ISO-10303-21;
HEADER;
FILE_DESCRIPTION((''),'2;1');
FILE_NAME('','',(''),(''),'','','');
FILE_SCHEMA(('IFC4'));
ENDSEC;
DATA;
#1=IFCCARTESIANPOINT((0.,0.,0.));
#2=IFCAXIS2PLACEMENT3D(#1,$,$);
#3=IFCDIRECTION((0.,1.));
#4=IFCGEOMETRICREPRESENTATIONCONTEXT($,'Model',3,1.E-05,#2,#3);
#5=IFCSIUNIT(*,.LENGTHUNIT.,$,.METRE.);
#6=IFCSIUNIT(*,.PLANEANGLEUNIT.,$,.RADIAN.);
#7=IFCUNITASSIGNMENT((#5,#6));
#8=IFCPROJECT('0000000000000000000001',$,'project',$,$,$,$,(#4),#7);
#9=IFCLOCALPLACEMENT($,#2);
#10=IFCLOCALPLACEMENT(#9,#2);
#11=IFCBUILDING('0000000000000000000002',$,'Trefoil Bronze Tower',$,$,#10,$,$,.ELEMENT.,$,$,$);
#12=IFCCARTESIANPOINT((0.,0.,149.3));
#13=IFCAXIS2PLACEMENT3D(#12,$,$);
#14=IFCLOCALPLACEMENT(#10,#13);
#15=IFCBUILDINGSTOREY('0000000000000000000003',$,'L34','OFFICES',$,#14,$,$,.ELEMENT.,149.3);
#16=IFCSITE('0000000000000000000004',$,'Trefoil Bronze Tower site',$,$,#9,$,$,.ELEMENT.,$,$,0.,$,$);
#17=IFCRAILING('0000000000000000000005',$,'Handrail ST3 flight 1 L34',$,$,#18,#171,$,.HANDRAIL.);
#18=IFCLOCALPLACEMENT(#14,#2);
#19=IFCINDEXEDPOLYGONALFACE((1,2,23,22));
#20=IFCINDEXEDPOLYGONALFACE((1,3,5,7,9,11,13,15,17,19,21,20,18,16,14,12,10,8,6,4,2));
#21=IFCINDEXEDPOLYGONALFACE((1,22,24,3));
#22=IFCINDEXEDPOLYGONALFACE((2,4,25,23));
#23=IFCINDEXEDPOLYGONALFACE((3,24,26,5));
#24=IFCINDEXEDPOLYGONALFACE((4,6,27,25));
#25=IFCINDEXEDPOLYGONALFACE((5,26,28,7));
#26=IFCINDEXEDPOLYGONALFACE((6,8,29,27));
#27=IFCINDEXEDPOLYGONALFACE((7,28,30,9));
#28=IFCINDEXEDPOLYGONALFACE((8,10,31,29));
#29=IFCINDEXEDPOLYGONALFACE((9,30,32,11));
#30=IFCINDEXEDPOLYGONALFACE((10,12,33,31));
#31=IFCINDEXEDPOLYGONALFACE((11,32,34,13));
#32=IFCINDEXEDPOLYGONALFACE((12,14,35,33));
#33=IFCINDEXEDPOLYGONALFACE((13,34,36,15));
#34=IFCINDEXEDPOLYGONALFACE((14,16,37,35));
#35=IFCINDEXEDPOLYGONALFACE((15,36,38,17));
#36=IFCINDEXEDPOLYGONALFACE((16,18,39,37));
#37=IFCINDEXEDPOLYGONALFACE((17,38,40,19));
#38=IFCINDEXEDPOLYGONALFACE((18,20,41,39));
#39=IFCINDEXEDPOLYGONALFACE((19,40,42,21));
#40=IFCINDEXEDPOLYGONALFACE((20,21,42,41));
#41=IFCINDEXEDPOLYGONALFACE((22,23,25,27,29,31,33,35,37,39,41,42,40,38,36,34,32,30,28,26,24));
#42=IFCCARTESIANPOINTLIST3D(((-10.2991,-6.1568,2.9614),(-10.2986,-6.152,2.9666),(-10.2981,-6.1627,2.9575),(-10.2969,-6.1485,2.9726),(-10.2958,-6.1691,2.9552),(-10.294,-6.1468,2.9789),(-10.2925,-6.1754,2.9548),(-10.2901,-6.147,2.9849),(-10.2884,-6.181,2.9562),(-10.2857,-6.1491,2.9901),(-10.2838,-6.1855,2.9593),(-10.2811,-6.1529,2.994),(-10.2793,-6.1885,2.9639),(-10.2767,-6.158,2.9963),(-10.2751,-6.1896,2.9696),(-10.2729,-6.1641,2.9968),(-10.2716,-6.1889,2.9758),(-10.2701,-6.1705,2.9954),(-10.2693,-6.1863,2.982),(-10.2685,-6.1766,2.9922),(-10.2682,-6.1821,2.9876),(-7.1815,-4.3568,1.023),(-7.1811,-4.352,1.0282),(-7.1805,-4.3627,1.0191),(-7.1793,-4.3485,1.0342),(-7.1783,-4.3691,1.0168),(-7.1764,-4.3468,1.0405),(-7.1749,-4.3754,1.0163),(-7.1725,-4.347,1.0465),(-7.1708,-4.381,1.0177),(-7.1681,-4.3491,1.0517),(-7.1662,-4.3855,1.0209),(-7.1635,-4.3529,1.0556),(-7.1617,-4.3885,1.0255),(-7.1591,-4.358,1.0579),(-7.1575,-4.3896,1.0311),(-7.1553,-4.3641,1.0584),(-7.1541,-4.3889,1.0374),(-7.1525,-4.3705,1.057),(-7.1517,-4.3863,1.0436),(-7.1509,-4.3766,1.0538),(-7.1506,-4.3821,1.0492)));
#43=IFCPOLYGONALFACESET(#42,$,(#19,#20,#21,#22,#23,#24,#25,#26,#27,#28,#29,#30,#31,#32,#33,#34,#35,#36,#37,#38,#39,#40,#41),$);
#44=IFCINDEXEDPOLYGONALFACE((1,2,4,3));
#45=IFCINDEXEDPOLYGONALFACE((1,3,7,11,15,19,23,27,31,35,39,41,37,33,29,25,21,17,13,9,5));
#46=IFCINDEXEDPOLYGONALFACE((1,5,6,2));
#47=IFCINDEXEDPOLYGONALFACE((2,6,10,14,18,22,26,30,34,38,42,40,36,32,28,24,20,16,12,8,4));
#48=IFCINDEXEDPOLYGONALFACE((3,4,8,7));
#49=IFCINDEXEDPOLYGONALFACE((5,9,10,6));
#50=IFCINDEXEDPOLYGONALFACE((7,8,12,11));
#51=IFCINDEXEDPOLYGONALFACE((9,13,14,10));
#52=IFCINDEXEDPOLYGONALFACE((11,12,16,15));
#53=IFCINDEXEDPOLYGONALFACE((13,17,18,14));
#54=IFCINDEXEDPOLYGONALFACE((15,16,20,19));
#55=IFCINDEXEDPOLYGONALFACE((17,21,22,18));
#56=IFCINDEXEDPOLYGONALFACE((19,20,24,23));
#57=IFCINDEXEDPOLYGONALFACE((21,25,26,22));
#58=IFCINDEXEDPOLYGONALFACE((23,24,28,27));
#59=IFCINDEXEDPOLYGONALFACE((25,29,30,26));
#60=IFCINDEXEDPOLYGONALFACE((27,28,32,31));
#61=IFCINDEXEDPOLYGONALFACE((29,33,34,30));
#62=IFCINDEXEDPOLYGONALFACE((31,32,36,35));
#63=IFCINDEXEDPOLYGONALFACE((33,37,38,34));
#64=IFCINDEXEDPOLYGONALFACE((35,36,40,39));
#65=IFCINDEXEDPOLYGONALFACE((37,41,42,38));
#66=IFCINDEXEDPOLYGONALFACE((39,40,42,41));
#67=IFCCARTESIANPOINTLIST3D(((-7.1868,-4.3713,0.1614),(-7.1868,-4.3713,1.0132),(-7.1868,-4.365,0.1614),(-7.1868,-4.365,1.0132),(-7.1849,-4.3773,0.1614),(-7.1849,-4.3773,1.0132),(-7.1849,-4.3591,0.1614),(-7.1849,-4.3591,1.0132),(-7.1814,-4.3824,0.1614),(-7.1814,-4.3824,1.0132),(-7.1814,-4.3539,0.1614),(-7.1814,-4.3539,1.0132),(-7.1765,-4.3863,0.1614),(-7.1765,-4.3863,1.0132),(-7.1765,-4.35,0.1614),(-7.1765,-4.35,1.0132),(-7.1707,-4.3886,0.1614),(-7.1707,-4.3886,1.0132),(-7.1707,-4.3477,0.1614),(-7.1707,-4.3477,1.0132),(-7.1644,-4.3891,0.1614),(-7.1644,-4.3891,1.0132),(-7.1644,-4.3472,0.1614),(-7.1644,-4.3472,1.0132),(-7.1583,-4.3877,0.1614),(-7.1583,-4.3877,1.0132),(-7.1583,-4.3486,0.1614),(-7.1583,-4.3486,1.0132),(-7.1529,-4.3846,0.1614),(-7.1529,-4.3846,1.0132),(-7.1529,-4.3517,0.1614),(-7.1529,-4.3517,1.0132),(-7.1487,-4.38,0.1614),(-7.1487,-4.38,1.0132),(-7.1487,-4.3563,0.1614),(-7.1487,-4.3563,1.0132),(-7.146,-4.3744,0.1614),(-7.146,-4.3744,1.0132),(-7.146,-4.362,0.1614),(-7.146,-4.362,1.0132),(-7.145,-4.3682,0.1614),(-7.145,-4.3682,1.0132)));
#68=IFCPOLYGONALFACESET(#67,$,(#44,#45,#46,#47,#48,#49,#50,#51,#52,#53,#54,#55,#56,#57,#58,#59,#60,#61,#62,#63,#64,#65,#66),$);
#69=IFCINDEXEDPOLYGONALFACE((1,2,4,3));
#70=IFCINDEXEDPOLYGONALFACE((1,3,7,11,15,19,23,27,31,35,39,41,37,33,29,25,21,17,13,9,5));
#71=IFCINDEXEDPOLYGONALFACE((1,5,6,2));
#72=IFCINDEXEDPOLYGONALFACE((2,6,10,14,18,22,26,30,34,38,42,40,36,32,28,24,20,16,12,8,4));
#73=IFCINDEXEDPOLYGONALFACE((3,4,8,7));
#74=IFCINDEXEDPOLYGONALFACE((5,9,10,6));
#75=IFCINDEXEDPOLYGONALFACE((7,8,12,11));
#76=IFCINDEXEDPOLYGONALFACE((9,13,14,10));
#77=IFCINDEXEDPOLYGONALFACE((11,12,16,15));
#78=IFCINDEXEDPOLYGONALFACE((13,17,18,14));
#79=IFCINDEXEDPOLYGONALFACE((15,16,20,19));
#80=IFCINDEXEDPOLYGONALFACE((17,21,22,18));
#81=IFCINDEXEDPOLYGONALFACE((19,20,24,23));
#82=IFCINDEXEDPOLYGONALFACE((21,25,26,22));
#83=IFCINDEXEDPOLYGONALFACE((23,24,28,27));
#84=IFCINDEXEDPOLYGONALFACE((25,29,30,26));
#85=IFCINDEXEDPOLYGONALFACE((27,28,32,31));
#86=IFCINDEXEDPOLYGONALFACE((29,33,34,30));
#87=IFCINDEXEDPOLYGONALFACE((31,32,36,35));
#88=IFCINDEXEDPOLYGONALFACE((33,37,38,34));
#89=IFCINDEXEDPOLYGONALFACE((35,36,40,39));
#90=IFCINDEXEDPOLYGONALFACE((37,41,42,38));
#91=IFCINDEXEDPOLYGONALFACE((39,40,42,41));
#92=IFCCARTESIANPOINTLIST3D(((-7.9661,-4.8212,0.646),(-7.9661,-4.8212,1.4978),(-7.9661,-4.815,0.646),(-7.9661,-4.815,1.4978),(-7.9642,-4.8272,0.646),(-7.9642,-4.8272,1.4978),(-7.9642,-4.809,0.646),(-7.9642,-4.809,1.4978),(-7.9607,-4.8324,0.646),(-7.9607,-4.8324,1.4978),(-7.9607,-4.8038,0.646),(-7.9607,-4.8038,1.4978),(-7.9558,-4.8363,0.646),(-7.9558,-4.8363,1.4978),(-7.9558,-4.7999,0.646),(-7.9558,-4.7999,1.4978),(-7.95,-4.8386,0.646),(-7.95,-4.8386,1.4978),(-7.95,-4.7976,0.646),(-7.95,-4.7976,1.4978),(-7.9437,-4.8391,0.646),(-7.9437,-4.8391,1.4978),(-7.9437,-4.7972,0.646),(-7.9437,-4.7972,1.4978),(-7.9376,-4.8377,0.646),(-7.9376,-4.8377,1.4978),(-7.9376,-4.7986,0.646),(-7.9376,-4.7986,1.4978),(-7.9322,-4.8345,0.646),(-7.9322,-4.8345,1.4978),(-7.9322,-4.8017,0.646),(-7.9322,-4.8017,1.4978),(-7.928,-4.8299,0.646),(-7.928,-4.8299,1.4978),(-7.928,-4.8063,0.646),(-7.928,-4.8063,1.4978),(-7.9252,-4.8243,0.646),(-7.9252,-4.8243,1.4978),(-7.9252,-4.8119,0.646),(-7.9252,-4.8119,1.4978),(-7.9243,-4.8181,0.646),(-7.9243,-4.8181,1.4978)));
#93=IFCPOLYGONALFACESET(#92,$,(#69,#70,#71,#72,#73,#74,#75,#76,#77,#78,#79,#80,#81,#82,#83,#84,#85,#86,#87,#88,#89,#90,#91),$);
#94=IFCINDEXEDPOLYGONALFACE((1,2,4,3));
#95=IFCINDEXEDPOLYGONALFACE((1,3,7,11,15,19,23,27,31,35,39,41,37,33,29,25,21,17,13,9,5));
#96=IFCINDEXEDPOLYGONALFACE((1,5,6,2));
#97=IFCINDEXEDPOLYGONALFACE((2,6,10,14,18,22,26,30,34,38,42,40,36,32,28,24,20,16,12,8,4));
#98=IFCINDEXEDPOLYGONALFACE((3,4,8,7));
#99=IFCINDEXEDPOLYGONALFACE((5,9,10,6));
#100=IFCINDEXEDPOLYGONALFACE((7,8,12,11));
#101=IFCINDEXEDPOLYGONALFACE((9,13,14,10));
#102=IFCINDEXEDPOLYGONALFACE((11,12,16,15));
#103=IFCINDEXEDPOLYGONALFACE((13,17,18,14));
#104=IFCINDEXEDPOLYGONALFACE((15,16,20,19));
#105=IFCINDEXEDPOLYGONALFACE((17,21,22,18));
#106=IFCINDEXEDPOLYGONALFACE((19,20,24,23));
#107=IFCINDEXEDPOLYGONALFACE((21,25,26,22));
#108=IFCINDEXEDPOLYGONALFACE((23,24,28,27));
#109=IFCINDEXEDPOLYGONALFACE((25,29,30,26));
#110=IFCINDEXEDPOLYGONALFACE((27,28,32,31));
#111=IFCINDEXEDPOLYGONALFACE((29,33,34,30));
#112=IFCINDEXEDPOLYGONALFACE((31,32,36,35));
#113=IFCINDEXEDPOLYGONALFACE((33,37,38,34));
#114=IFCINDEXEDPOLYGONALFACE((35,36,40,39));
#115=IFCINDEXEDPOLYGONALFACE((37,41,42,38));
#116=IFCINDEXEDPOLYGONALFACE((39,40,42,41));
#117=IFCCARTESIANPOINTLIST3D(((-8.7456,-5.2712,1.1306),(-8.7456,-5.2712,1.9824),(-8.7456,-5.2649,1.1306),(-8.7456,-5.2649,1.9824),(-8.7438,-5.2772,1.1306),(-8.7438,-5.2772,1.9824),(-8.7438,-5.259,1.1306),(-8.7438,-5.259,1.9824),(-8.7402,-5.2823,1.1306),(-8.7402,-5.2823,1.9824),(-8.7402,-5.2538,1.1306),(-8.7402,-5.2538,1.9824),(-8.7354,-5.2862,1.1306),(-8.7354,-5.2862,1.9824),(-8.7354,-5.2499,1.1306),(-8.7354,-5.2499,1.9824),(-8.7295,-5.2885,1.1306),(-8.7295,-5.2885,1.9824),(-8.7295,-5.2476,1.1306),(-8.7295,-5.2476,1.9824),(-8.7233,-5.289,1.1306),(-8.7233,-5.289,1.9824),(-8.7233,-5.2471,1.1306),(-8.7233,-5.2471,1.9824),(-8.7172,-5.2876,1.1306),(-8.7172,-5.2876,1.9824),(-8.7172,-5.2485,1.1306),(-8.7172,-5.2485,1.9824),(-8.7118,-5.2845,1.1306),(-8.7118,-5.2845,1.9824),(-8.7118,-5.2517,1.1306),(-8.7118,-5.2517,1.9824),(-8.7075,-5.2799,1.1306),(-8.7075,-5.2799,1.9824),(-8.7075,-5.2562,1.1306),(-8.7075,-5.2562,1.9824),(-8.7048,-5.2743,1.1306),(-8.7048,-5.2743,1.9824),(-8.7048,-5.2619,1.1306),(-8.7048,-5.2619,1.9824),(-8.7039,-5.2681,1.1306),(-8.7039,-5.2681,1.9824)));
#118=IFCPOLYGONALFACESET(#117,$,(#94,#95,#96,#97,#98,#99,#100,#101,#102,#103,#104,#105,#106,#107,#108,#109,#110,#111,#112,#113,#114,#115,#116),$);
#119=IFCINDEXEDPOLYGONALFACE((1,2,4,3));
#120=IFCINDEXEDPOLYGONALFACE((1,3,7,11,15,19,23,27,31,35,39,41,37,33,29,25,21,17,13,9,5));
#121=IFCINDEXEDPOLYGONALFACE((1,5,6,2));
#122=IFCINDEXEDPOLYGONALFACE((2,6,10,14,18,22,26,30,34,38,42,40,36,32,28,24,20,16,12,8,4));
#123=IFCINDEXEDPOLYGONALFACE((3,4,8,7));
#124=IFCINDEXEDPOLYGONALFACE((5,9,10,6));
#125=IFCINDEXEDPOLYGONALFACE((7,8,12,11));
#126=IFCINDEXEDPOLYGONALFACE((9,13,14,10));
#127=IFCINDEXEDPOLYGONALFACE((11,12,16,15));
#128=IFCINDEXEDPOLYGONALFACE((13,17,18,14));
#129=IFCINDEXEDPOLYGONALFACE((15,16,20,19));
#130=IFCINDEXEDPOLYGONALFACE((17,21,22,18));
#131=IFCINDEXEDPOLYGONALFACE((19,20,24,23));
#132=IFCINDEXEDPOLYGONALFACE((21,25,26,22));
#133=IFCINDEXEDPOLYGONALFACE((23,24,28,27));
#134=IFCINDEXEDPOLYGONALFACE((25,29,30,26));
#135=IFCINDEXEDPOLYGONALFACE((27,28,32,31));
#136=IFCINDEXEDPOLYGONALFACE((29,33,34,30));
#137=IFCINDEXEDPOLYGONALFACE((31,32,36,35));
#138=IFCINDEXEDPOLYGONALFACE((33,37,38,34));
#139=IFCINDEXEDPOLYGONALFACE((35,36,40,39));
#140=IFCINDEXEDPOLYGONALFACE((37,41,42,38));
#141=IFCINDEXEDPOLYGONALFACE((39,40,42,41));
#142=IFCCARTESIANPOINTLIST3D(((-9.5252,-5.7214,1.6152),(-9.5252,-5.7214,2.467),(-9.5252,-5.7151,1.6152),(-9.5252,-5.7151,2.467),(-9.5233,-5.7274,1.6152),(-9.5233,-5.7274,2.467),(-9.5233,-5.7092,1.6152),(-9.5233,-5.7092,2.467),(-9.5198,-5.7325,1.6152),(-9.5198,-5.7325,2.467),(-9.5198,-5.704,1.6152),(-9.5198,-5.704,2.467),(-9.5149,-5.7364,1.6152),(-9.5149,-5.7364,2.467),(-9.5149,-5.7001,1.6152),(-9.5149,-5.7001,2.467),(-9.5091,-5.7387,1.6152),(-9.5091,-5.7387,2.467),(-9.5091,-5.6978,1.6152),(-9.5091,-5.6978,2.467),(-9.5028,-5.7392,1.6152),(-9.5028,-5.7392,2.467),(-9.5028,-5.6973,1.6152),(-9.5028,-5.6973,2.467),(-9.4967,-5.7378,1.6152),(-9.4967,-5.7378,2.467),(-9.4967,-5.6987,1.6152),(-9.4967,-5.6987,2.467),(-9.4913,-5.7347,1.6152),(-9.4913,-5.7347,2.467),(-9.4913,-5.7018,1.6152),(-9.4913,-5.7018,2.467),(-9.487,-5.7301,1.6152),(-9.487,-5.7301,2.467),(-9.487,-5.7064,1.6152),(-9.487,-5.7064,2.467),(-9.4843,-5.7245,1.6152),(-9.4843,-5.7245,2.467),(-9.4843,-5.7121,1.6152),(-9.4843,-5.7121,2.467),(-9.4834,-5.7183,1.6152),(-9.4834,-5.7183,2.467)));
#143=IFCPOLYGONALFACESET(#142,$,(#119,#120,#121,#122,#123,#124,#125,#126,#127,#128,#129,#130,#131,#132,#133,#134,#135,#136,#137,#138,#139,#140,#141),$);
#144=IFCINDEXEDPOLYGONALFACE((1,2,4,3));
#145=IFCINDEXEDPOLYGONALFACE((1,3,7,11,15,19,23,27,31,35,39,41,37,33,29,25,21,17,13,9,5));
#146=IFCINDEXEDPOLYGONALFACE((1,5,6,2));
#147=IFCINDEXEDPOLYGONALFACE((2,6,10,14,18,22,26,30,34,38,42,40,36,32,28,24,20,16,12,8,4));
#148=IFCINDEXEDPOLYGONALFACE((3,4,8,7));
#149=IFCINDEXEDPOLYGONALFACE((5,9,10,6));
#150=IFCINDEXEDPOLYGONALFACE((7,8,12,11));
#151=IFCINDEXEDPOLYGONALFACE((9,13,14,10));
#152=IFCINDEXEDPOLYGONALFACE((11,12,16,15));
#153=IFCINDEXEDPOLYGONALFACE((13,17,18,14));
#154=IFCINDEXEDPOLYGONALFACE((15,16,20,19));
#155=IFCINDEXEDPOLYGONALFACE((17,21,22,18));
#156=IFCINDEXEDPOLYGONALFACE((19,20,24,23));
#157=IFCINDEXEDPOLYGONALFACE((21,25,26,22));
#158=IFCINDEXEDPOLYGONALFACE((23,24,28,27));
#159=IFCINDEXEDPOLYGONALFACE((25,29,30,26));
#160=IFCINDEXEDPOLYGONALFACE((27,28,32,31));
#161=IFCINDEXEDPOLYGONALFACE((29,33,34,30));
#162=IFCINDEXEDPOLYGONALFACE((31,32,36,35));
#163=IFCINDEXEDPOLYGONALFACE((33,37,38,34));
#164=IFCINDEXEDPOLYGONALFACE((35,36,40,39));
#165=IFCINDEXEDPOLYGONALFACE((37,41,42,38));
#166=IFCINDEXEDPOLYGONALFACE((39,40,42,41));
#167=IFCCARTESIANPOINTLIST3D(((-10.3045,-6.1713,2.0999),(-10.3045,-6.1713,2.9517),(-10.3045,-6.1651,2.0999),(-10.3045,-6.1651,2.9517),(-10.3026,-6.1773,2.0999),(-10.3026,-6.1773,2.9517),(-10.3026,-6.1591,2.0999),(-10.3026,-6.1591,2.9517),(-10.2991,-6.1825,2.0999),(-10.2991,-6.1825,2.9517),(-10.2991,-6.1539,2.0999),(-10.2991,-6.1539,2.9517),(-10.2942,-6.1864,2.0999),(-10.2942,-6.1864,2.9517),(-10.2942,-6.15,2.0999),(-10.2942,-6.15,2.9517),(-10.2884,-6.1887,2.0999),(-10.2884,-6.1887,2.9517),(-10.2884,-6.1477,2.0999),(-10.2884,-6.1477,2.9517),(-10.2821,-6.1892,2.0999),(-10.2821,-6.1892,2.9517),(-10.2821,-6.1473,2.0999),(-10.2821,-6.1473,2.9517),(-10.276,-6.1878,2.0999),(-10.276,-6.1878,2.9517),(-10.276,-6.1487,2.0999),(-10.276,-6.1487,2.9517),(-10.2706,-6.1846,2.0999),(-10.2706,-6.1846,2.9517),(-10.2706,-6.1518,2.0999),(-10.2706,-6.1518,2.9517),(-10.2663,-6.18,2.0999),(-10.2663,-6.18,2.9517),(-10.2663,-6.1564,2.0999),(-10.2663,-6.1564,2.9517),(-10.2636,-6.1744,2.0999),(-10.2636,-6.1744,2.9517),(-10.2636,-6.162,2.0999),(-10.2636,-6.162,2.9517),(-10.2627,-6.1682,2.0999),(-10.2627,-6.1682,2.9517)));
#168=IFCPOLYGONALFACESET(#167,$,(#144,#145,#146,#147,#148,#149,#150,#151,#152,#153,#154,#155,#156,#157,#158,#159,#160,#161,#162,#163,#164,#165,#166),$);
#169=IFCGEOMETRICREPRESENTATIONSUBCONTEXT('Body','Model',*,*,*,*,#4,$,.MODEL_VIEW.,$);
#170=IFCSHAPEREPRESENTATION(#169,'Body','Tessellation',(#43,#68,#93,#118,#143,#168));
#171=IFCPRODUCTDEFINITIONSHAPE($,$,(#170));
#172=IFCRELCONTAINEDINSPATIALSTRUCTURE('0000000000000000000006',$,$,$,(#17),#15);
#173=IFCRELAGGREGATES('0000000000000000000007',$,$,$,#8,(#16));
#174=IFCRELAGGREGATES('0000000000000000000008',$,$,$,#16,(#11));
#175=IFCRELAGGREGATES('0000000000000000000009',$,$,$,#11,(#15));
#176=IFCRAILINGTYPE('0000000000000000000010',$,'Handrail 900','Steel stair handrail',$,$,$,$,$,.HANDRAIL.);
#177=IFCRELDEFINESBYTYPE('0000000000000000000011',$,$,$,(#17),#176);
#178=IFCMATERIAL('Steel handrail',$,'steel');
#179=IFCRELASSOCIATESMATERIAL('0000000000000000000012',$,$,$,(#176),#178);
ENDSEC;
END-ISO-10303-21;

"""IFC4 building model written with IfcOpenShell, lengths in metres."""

from ifc_helpers import new_model, si_unit, direction, frame, origin, origin_2d, place, context, subcontext, project, spatial, circle, extrude, material, type_object, element, save


model = new_model("IFC4")

# Units and contexts
model_context = context("Model", 3, precision=1e-05, world=origin(), true_north=direction((0.0, 1.0)))
body_context = subcontext(model_context, "Body", "Model", "MODEL_VIEW")
ifc_project = project(units=[si_unit("LENGTHUNIT", "METRE"), si_unit("PLANEANGLEUNIT", "RADIAN")], contexts=[model_context])

# Site, building, storey
site_placement = place(None, origin())
site = spatial("IfcSite", under=ifc_project, at=site_placement, Name="Trefoil Bronze Tower site", CompositionType="ELEMENT", RefElevation=0.0)
building_placement = place(site_placement, origin())
building = spatial("IfcBuilding", under=site, at=building_placement, Name="Trefoil Bronze Tower", CompositionType="ELEMENT")
storey_placement = place(building_placement, frame((0.0, 0.0, 149.3)))
storey = spatial("IfcBuildingStorey", under=building, at=storey_placement, Name="L34", Description="OFFICES", CompositionType="ELEMENT", Elevation=149.3)

# Railing
ifc_material_1 = material(Name="Steel handrail", Category="steel")
railing_type = type_object("IfcRailingType", Name="Handrail 900", Description="Steel stair handrail", PredefinedType="HANDRAIL", material=ifc_material_1)
railing_1_placement = place(storey_placement, frame((-7.166, -4.3682, 0.1614)))
element("IfcRailing", 1, at=railing_1_placement, inside=storey, type_object=railing_type, Name="Handrail ST3 flight 1 L34", PredefinedType="HANDRAIL", context=body_context, shape_type="SweptSolid", body=[
    extrude(circle(Radius=0.0239, at=origin_2d()), frame((0.0, 0.0, 0.876), z_axis=(-0.762503, -0.440246, 0.474102), x_axis=(0.500012, -0.866018, 0.0)), (0.0, 0.0, 1.0), 4.0886),
    extrude(circle(Radius=0.021, at=origin_2d()), origin(), (0.0, 0.0, 1.0), 0.8518),
    extrude(circle(Radius=0.021, at=origin_2d()), frame((-0.7793, -0.45, 0.4846)), (0.0, 0.0, 1.0), 0.8518),
    extrude(circle(Radius=0.021, at=origin_2d()), frame((-1.5588, -0.8999, 0.9692)), (0.0, 0.0, 1.0), 0.8518),
    extrude(circle(Radius=0.021, at=origin_2d()), frame((-2.3384, -1.3501, 1.4539)), (0.0, 0.0, 1.0), 0.8518),
    extrude(circle(Radius=0.021, at=origin_2d()), frame((-3.1177, -1.8, 1.9385)), (0.0, 0.0, 1.0), 0.8518),
])

save(model, "model.ifc")
